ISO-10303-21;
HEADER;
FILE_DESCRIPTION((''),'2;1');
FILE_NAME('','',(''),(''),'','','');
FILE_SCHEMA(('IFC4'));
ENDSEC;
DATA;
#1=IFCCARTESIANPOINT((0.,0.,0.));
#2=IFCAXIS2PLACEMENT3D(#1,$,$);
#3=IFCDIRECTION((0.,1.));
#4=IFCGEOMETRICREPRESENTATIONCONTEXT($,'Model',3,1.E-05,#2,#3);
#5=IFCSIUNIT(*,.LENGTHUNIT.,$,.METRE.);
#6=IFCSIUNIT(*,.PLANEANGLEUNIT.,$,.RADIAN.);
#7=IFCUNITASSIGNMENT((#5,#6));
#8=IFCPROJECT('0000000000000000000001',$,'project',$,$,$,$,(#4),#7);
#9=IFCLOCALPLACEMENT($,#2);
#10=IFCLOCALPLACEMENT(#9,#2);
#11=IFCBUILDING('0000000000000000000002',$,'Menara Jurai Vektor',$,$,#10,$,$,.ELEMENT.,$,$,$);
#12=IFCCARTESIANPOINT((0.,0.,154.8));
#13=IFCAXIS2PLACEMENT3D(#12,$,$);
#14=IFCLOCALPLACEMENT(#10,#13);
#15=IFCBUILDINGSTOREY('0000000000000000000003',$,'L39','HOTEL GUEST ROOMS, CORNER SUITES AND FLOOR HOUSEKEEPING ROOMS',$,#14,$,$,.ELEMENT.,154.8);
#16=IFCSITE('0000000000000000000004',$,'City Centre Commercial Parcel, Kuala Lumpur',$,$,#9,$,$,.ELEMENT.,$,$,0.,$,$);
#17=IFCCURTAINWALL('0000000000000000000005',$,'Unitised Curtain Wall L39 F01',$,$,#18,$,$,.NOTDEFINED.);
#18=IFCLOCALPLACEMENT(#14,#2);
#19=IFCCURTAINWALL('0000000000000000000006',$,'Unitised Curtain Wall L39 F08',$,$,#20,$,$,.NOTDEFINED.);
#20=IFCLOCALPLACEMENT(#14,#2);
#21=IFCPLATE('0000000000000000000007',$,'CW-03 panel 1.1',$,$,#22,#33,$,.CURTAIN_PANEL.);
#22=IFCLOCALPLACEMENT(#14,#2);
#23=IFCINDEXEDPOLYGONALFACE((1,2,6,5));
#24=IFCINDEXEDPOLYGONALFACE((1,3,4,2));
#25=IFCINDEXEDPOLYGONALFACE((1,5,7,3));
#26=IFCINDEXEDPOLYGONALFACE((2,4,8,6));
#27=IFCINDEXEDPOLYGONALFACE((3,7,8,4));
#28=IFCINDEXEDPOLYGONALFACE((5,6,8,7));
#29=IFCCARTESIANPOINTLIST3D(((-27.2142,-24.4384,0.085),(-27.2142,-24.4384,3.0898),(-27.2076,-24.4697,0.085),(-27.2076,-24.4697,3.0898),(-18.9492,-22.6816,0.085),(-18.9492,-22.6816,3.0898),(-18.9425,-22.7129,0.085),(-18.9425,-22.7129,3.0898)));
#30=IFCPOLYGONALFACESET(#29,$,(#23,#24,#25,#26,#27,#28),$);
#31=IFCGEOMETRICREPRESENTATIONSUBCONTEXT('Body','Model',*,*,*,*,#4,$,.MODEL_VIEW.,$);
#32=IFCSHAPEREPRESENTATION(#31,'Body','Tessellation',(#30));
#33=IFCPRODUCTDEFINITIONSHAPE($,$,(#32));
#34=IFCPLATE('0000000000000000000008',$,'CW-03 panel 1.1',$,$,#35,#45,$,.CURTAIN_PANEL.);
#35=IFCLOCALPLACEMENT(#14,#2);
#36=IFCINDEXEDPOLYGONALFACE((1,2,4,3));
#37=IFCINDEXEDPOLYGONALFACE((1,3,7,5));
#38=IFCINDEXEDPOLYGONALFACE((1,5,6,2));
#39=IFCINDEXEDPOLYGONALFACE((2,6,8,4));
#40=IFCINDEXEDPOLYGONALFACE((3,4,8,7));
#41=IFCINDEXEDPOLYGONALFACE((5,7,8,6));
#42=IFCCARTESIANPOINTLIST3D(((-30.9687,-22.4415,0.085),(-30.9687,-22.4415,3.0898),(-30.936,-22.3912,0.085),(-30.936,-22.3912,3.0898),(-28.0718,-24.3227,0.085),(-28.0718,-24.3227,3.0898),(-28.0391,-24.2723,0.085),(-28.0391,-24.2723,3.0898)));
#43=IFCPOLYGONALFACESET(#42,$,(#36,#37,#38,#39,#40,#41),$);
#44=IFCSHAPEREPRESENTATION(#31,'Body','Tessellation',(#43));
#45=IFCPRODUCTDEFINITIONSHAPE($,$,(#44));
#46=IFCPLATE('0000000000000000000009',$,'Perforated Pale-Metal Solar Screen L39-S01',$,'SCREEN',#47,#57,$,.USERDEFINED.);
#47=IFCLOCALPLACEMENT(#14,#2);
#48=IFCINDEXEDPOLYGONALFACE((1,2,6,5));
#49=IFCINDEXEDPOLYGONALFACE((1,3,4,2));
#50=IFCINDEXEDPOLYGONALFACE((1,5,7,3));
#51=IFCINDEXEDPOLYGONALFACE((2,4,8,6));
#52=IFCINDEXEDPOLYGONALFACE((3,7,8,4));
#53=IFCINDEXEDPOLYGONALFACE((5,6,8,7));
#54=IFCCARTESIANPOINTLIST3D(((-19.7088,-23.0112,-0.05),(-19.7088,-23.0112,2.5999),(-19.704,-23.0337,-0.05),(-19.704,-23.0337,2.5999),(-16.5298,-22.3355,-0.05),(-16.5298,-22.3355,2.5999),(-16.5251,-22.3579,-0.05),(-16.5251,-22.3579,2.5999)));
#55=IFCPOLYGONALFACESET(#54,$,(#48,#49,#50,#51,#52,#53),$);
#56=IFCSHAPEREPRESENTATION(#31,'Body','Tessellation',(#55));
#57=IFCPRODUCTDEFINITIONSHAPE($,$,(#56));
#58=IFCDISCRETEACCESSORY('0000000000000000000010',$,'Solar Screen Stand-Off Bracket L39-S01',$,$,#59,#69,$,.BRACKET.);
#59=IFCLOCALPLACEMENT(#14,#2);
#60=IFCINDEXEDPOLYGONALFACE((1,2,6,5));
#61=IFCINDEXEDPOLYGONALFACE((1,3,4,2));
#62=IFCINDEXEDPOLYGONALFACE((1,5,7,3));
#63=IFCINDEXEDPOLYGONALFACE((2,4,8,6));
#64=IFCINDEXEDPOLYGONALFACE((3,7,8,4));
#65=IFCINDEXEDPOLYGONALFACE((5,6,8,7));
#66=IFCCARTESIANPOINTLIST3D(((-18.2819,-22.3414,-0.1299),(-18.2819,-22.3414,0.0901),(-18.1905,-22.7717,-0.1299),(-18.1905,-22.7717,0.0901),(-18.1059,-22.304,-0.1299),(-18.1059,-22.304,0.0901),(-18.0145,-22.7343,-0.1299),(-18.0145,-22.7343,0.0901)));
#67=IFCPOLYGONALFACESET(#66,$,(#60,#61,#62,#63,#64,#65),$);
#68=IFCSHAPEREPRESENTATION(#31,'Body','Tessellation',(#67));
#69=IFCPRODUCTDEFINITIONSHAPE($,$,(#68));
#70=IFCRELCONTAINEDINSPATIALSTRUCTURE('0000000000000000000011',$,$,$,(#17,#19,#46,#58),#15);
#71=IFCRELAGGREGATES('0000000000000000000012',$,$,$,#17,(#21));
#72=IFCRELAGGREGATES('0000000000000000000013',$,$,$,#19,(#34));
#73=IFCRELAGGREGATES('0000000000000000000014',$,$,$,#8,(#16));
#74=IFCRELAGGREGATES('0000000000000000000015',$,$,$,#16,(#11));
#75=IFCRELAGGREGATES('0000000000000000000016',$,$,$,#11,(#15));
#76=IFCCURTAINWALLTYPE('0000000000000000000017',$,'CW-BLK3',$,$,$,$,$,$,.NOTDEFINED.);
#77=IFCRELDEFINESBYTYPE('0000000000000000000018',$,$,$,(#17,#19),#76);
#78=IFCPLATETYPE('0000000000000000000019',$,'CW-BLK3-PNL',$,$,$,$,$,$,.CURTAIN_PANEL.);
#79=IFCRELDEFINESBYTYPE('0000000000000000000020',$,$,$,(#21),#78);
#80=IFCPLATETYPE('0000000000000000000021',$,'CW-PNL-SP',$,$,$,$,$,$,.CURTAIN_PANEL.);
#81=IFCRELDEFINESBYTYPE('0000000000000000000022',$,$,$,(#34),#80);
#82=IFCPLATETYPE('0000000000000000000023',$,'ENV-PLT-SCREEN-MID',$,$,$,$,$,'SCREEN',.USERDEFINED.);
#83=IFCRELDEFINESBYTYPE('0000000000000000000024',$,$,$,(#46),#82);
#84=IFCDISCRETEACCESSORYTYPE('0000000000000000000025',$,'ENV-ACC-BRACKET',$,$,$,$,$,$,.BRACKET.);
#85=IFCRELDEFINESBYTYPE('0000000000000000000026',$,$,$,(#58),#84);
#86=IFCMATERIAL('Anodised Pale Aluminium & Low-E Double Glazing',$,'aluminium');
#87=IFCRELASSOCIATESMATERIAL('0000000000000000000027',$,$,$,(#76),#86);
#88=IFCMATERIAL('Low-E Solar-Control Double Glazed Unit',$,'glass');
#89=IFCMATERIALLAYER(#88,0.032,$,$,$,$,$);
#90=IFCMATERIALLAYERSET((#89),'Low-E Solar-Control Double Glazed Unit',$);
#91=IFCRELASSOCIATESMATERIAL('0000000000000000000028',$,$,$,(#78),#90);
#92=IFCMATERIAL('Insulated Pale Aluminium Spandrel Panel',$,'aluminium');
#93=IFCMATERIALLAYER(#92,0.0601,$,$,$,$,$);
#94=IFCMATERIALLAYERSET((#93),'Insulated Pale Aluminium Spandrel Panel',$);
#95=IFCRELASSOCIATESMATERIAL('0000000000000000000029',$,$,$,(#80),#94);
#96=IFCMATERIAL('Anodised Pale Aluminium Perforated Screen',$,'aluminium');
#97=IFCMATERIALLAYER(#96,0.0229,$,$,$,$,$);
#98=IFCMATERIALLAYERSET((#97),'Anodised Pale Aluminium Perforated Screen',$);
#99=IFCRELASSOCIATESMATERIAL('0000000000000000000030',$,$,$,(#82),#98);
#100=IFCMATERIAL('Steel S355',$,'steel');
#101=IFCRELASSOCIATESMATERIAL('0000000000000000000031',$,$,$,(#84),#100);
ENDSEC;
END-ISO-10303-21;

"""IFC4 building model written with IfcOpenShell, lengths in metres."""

from ifc_helpers import new_model, si_unit, direction, frame, origin, origin_2d, place, context, subcontext, project, spatial, rectangle, extrude, material, layer, layer_set, type_object, element, aggregate, save


model = new_model("IFC4")

# Units and contexts
model_context = context("Model", 3, precision=1e-05, world=origin(), true_north=direction((0.0, 1.0)))
body_context = subcontext(model_context, "Body", "Model", "MODEL_VIEW")
ifc_project = project(units=[si_unit("LENGTHUNIT", "METRE"), si_unit("PLANEANGLEUNIT", "RADIAN")], contexts=[model_context])

# Site, building, storey
site_placement = place(None, origin())
site = spatial("IfcSite", under=ifc_project, at=site_placement, Name="City Centre Commercial Parcel, Kuala Lumpur", CompositionType="ELEMENT", RefElevation=0.0)
building_placement = place(site_placement, origin())
building = spatial("IfcBuilding", under=site, at=building_placement, Name="Menara Jurai Vektor", CompositionType="ELEMENT")
storey_placement = place(building_placement, frame((0.0, 0.0, 154.8)))
storey = spatial("IfcBuildingStorey", under=building, at=storey_placement, Name="L39", Description="HOTEL GUEST ROOMS, CORNER SUITES AND FLOOR HOUSEKEEPING ROOMS", CompositionType="ELEMENT", Elevation=154.8)

# Curtain wall
ifc_material_1 = material(Name="Anodised Pale Aluminium & Low-E Double Glazing", Category="aluminium")
curtain_wall_type = type_object("IfcCurtainWallType", Name="CW-BLK3", PredefinedType="NOTDEFINED", material=ifc_material_1)
curtain_wall_1_placement = place(storey_placement, origin())
curtain_wall_1 = element("IfcCurtainWall", 1, at=curtain_wall_1_placement, inside=storey, type_object=curtain_wall_type, Name="Unitised Curtain Wall L39 F01", PredefinedType="NOTDEFINED")

# Curtain wall
curtain_wall_2_placement = place(storey_placement, origin())
curtain_wall_2 = element("IfcCurtainWall", 2, at=curtain_wall_2_placement, inside=storey, type_object=curtain_wall_type, Name="Unitised Curtain Wall L39 F08", PredefinedType="NOTDEFINED")

# Shared definitions
ifc_material_2 = material(Name="Steel S355", Category="steel")

# Plates
ifc_material_3 = material(Name="Low-E Solar-Control Double Glazed Unit", Category="glass")
ifc_layer_1 = layer(ifc_material_3, 0.032)
ifc_layer_set_1 = layer_set([ifc_layer_1], Name="Low-E Solar-Control Double Glazed Unit")
plate_type_1 = type_object("IfcPlateType", Name="CW-BLK3-PNL", PredefinedType="CURTAIN_PANEL", material=ifc_layer_set_1)
plate_1_placement = place(storey_placement, frame((-23.0784, -23.5757, 0.085), z_axis=(0.0, 0.0, 1.0), x_axis=(0.978148, 0.207911, 0.0)))
plate_1 = element("IfcPlate", 3, at=plate_1_placement, type_object=plate_type_1, Name="CW-03 panel 1.1", PredefinedType="CURTAIN_PANEL", context=body_context, shape_type="SweptSolid", body=[
    extrude(rectangle(XDim=8.4497, YDim=0.032, at=origin_2d()), origin(), (0.0, 0.0, 1.0), 3.0049),
])
aggregate(curtain_wall_1, [plate_1])
ifc_material_4 = material(Name="Insulated Pale Aluminium Spandrel Panel", Category="aluminium")
ifc_layer_2 = layer(ifc_material_4, 0.0601)
ifc_layer_set_2 = layer_set([ifc_layer_2], Name="Insulated Pale Aluminium Spandrel Panel")
plate_type_2 = type_object("IfcPlateType", Name="CW-PNL-SP", PredefinedType="CURTAIN_PANEL", material=ifc_layer_set_2)
plate_2_placement = place(storey_placement, frame((-29.5039, -23.3569, 0.085), z_axis=(0.0, 0.0, 1.0), x_axis=(0.838684, -0.544618, 0.0)))
plate_2 = element("IfcPlate", 4, at=plate_2_placement, type_object=plate_type_2, Name="CW-03 panel 1.1", PredefinedType="CURTAIN_PANEL", context=body_context, shape_type="SweptSolid", body=[
    extrude(rectangle(XDim=3.4541, YDim=0.0601, at=origin_2d()), origin(), (0.0, 0.0, 1.0), 3.0049),
])
aggregate(curtain_wall_2, [plate_2])
ifc_material_5 = material(Name="Anodised Pale Aluminium Perforated Screen", Category="aluminium")
ifc_layer_3 = layer(ifc_material_5, 0.0229)
ifc_layer_set_3 = layer_set([ifc_layer_3], Name="Anodised Pale Aluminium Perforated Screen")
plate_type_3 = type_object("IfcPlateType", Name="ENV-PLT-SCREEN-MID", ElementType="SCREEN", PredefinedType="USERDEFINED", material=ifc_layer_set_3)
plate_3_placement = place(storey_placement, frame((-18.1169, -22.6846, -0.05), z_axis=(0.0, 0.0, 1.0), x_axis=(0.978148, 0.207912, 0.0)))
element("IfcPlate", 5, at=plate_3_placement, inside=storey, type_object=plate_type_3, Name="Perforated Pale-Metal Solar Screen L39-S01", ObjectType="SCREEN", PredefinedType="USERDEFINED", context=body_context, shape_type="SweptSolid", body=[
    extrude(rectangle(XDim=3.25, YDim=0.0229, at=origin_2d()), origin(), (0.0, 0.0, 1.0), 2.6499),
])

# Discrete accessory
discrete_accessory_type = type_object("IfcDiscreteAccessoryType", Name="ENV-ACC-BRACKET", PredefinedType="BRACKET", material=ifc_material_2)
discrete_accessory_placement = place(storey_placement, frame((-18.1482, -22.5378, -0.1299), z_axis=(0.0, 0.0, 1.0), x_axis=(0.978148, 0.207912, 0.0)))
element("IfcDiscreteAccessory", 6, at=discrete_accessory_placement, inside=storey, type_object=discrete_accessory_type, Name="Solar Screen Stand-Off Bracket L39-S01", PredefinedType="BRACKET", context=body_context, shape_type="SweptSolid", body=[
    extrude(rectangle(XDim=0.1799, YDim=0.4399, at=origin_2d()), origin(), (0.0, 0.0, 1.0), 0.22),
])

save(model, "model.ifc")
